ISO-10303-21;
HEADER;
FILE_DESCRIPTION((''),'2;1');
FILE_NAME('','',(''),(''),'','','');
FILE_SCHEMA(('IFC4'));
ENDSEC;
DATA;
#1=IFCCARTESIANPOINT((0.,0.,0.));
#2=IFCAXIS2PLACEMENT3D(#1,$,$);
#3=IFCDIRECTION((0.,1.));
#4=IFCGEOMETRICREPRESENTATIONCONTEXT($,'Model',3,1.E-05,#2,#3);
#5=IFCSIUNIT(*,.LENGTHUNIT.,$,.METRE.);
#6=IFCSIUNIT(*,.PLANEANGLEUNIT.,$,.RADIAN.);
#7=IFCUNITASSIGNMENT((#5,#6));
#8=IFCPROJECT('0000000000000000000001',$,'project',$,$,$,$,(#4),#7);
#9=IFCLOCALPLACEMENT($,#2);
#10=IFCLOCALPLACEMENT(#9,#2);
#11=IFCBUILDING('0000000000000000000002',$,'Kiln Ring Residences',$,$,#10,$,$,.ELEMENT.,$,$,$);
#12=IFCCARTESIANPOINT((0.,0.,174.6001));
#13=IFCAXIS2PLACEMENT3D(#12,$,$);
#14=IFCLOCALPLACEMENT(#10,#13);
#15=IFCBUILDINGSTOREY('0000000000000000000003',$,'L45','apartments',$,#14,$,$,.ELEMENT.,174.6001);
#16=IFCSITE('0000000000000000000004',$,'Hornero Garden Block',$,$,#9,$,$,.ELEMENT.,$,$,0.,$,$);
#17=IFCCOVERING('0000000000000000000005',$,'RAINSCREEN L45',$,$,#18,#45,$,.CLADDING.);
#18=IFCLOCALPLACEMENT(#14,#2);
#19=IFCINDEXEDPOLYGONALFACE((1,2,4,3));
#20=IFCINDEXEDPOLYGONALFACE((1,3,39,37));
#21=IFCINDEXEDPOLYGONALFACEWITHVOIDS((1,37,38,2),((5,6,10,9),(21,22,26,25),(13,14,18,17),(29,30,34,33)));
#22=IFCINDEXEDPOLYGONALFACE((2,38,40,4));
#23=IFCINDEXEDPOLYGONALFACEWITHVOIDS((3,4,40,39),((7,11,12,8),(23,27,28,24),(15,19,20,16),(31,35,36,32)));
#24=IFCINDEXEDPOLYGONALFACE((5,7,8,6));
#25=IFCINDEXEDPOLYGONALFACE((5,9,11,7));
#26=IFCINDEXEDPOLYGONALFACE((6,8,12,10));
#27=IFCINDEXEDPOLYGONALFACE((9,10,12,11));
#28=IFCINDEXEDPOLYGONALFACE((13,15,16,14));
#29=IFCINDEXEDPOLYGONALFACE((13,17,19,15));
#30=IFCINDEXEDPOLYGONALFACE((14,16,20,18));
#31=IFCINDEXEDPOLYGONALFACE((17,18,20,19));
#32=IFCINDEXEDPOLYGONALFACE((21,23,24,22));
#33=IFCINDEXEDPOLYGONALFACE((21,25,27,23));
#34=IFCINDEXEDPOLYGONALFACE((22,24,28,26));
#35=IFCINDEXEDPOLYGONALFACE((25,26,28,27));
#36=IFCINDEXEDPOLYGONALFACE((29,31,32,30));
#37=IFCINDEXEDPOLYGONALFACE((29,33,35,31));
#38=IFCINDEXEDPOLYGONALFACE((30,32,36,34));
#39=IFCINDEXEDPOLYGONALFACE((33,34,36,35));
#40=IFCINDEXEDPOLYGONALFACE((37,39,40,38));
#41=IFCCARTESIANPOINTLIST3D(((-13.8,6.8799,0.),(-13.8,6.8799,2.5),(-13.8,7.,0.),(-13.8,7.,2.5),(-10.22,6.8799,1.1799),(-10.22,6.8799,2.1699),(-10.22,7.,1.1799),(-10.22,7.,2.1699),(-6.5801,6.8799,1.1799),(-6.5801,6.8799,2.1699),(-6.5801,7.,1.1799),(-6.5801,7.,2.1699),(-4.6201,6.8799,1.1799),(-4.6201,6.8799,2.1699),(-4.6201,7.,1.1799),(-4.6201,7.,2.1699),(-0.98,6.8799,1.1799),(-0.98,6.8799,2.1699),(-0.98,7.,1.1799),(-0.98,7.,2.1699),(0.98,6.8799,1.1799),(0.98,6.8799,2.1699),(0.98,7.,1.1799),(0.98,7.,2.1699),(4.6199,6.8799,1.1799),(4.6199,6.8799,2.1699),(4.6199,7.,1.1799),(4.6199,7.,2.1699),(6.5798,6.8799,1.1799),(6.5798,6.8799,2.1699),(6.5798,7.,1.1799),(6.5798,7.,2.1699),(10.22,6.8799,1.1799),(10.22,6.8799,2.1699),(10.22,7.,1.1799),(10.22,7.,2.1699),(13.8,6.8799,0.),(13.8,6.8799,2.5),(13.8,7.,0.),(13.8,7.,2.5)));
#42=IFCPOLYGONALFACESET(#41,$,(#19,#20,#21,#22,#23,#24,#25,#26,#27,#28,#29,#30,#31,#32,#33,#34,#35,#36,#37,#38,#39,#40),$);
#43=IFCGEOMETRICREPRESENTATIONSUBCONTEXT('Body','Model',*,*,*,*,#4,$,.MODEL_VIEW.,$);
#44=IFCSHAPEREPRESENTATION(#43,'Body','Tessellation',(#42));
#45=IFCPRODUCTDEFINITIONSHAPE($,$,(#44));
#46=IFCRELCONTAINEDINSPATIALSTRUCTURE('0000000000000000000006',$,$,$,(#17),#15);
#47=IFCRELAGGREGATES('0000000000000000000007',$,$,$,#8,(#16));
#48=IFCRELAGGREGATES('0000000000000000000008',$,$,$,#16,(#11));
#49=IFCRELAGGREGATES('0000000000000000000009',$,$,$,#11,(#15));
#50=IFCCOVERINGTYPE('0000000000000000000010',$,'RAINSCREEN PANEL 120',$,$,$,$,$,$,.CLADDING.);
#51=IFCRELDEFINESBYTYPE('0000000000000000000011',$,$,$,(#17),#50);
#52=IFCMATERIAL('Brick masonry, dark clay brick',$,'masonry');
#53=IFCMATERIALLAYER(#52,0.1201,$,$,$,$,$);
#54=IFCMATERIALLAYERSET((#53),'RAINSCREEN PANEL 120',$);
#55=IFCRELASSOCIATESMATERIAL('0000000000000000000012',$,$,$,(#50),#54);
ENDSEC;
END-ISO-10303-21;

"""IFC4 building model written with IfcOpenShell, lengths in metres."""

from ifc_helpers import new_model, si_unit, direction, frame, origin, place, context, subcontext, project, spatial, polyline, outline, extrude, material, layer, layer_set, type_object, element, save


model = new_model("IFC4")

# Units and contexts
model_context = context("Model", 3, precision=1e-05, world=origin(), true_north=direction((0.0, 1.0)))
body_context = subcontext(model_context, "Body", "Model", "MODEL_VIEW")
ifc_project = project(units=[si_unit("LENGTHUNIT", "METRE"), si_unit("PLANEANGLEUNIT", "RADIAN")], contexts=[model_context])

# Site, building, storey
site_placement = place(None, origin())
site = spatial("IfcSite", under=ifc_project, at=site_placement, Name="Hornero Garden Block", CompositionType="ELEMENT", RefElevation=0.0)
building_placement = place(site_placement, origin())
building = spatial("IfcBuilding", under=site, at=building_placement, Name="Kiln Ring Residences", CompositionType="ELEMENT")
storey_placement = place(building_placement, frame((0.0, 0.0, 174.6001)))
storey = spatial("IfcBuildingStorey", under=building, at=storey_placement, Name="L45", Description="apartments", CompositionType="ELEMENT", Elevation=174.6001)

# Covering
ifc_material_1 = material(Name="Brick masonry, dark clay brick", Category="masonry")
ifc_layer_1 = layer(ifc_material_1, 0.1201)
ifc_layer_set_1 = layer_set([ifc_layer_1], Name="RAINSCREEN PANEL 120")
covering_type = type_object("IfcCoveringType", Name="RAINSCREEN PANEL 120", PredefinedType="CLADDING", material=ifc_layer_set_1)
covering_placement = place(storey_placement, frame((-13.8, 6.9399, 0.0), z_axis=(0.0, 0.0, 1.0), x_axis=(1.0, 0.0, 0.0)))
element("IfcCovering", 1, at=covering_placement, inside=storey, type_object=covering_type, Name="RAINSCREEN L45", PredefinedType="CLADDING", context=body_context, shape_type="SweptSolid", body=[
    extrude(outline(polyline([(0.0, 0.0), (27.6001, 0.0), (27.6001, 2.5), (0.0, 2.5), (0.0, 0.0)]), holes=[polyline([(7.22, 1.1799), (7.22, 2.1699), (3.5801, 2.1699), (3.5801, 1.1799), (7.22, 1.1799)]), polyline([(12.8201, 1.1799), (12.8201, 2.1699), (9.1799, 2.1699), (9.1799, 1.1799), (12.8201, 1.1799)]), polyline([(18.4199, 1.1799), (18.4199, 2.1699), (14.78, 2.1699), (14.78, 1.1799), (18.4199, 1.1799)]), polyline([(24.02, 1.1799), (24.02, 2.1699), (20.3799, 2.1699), (20.3799, 1.1799), (24.02, 1.1799)])]), frame((0.0, 0.0601, 0.0), z_axis=(0.0, -1.0, 0.0), x_axis=(1.0, 0.0, 0.0)), (0.0, 0.0, 1.0), 0.1201),
])

save(model, "model.ifc")
